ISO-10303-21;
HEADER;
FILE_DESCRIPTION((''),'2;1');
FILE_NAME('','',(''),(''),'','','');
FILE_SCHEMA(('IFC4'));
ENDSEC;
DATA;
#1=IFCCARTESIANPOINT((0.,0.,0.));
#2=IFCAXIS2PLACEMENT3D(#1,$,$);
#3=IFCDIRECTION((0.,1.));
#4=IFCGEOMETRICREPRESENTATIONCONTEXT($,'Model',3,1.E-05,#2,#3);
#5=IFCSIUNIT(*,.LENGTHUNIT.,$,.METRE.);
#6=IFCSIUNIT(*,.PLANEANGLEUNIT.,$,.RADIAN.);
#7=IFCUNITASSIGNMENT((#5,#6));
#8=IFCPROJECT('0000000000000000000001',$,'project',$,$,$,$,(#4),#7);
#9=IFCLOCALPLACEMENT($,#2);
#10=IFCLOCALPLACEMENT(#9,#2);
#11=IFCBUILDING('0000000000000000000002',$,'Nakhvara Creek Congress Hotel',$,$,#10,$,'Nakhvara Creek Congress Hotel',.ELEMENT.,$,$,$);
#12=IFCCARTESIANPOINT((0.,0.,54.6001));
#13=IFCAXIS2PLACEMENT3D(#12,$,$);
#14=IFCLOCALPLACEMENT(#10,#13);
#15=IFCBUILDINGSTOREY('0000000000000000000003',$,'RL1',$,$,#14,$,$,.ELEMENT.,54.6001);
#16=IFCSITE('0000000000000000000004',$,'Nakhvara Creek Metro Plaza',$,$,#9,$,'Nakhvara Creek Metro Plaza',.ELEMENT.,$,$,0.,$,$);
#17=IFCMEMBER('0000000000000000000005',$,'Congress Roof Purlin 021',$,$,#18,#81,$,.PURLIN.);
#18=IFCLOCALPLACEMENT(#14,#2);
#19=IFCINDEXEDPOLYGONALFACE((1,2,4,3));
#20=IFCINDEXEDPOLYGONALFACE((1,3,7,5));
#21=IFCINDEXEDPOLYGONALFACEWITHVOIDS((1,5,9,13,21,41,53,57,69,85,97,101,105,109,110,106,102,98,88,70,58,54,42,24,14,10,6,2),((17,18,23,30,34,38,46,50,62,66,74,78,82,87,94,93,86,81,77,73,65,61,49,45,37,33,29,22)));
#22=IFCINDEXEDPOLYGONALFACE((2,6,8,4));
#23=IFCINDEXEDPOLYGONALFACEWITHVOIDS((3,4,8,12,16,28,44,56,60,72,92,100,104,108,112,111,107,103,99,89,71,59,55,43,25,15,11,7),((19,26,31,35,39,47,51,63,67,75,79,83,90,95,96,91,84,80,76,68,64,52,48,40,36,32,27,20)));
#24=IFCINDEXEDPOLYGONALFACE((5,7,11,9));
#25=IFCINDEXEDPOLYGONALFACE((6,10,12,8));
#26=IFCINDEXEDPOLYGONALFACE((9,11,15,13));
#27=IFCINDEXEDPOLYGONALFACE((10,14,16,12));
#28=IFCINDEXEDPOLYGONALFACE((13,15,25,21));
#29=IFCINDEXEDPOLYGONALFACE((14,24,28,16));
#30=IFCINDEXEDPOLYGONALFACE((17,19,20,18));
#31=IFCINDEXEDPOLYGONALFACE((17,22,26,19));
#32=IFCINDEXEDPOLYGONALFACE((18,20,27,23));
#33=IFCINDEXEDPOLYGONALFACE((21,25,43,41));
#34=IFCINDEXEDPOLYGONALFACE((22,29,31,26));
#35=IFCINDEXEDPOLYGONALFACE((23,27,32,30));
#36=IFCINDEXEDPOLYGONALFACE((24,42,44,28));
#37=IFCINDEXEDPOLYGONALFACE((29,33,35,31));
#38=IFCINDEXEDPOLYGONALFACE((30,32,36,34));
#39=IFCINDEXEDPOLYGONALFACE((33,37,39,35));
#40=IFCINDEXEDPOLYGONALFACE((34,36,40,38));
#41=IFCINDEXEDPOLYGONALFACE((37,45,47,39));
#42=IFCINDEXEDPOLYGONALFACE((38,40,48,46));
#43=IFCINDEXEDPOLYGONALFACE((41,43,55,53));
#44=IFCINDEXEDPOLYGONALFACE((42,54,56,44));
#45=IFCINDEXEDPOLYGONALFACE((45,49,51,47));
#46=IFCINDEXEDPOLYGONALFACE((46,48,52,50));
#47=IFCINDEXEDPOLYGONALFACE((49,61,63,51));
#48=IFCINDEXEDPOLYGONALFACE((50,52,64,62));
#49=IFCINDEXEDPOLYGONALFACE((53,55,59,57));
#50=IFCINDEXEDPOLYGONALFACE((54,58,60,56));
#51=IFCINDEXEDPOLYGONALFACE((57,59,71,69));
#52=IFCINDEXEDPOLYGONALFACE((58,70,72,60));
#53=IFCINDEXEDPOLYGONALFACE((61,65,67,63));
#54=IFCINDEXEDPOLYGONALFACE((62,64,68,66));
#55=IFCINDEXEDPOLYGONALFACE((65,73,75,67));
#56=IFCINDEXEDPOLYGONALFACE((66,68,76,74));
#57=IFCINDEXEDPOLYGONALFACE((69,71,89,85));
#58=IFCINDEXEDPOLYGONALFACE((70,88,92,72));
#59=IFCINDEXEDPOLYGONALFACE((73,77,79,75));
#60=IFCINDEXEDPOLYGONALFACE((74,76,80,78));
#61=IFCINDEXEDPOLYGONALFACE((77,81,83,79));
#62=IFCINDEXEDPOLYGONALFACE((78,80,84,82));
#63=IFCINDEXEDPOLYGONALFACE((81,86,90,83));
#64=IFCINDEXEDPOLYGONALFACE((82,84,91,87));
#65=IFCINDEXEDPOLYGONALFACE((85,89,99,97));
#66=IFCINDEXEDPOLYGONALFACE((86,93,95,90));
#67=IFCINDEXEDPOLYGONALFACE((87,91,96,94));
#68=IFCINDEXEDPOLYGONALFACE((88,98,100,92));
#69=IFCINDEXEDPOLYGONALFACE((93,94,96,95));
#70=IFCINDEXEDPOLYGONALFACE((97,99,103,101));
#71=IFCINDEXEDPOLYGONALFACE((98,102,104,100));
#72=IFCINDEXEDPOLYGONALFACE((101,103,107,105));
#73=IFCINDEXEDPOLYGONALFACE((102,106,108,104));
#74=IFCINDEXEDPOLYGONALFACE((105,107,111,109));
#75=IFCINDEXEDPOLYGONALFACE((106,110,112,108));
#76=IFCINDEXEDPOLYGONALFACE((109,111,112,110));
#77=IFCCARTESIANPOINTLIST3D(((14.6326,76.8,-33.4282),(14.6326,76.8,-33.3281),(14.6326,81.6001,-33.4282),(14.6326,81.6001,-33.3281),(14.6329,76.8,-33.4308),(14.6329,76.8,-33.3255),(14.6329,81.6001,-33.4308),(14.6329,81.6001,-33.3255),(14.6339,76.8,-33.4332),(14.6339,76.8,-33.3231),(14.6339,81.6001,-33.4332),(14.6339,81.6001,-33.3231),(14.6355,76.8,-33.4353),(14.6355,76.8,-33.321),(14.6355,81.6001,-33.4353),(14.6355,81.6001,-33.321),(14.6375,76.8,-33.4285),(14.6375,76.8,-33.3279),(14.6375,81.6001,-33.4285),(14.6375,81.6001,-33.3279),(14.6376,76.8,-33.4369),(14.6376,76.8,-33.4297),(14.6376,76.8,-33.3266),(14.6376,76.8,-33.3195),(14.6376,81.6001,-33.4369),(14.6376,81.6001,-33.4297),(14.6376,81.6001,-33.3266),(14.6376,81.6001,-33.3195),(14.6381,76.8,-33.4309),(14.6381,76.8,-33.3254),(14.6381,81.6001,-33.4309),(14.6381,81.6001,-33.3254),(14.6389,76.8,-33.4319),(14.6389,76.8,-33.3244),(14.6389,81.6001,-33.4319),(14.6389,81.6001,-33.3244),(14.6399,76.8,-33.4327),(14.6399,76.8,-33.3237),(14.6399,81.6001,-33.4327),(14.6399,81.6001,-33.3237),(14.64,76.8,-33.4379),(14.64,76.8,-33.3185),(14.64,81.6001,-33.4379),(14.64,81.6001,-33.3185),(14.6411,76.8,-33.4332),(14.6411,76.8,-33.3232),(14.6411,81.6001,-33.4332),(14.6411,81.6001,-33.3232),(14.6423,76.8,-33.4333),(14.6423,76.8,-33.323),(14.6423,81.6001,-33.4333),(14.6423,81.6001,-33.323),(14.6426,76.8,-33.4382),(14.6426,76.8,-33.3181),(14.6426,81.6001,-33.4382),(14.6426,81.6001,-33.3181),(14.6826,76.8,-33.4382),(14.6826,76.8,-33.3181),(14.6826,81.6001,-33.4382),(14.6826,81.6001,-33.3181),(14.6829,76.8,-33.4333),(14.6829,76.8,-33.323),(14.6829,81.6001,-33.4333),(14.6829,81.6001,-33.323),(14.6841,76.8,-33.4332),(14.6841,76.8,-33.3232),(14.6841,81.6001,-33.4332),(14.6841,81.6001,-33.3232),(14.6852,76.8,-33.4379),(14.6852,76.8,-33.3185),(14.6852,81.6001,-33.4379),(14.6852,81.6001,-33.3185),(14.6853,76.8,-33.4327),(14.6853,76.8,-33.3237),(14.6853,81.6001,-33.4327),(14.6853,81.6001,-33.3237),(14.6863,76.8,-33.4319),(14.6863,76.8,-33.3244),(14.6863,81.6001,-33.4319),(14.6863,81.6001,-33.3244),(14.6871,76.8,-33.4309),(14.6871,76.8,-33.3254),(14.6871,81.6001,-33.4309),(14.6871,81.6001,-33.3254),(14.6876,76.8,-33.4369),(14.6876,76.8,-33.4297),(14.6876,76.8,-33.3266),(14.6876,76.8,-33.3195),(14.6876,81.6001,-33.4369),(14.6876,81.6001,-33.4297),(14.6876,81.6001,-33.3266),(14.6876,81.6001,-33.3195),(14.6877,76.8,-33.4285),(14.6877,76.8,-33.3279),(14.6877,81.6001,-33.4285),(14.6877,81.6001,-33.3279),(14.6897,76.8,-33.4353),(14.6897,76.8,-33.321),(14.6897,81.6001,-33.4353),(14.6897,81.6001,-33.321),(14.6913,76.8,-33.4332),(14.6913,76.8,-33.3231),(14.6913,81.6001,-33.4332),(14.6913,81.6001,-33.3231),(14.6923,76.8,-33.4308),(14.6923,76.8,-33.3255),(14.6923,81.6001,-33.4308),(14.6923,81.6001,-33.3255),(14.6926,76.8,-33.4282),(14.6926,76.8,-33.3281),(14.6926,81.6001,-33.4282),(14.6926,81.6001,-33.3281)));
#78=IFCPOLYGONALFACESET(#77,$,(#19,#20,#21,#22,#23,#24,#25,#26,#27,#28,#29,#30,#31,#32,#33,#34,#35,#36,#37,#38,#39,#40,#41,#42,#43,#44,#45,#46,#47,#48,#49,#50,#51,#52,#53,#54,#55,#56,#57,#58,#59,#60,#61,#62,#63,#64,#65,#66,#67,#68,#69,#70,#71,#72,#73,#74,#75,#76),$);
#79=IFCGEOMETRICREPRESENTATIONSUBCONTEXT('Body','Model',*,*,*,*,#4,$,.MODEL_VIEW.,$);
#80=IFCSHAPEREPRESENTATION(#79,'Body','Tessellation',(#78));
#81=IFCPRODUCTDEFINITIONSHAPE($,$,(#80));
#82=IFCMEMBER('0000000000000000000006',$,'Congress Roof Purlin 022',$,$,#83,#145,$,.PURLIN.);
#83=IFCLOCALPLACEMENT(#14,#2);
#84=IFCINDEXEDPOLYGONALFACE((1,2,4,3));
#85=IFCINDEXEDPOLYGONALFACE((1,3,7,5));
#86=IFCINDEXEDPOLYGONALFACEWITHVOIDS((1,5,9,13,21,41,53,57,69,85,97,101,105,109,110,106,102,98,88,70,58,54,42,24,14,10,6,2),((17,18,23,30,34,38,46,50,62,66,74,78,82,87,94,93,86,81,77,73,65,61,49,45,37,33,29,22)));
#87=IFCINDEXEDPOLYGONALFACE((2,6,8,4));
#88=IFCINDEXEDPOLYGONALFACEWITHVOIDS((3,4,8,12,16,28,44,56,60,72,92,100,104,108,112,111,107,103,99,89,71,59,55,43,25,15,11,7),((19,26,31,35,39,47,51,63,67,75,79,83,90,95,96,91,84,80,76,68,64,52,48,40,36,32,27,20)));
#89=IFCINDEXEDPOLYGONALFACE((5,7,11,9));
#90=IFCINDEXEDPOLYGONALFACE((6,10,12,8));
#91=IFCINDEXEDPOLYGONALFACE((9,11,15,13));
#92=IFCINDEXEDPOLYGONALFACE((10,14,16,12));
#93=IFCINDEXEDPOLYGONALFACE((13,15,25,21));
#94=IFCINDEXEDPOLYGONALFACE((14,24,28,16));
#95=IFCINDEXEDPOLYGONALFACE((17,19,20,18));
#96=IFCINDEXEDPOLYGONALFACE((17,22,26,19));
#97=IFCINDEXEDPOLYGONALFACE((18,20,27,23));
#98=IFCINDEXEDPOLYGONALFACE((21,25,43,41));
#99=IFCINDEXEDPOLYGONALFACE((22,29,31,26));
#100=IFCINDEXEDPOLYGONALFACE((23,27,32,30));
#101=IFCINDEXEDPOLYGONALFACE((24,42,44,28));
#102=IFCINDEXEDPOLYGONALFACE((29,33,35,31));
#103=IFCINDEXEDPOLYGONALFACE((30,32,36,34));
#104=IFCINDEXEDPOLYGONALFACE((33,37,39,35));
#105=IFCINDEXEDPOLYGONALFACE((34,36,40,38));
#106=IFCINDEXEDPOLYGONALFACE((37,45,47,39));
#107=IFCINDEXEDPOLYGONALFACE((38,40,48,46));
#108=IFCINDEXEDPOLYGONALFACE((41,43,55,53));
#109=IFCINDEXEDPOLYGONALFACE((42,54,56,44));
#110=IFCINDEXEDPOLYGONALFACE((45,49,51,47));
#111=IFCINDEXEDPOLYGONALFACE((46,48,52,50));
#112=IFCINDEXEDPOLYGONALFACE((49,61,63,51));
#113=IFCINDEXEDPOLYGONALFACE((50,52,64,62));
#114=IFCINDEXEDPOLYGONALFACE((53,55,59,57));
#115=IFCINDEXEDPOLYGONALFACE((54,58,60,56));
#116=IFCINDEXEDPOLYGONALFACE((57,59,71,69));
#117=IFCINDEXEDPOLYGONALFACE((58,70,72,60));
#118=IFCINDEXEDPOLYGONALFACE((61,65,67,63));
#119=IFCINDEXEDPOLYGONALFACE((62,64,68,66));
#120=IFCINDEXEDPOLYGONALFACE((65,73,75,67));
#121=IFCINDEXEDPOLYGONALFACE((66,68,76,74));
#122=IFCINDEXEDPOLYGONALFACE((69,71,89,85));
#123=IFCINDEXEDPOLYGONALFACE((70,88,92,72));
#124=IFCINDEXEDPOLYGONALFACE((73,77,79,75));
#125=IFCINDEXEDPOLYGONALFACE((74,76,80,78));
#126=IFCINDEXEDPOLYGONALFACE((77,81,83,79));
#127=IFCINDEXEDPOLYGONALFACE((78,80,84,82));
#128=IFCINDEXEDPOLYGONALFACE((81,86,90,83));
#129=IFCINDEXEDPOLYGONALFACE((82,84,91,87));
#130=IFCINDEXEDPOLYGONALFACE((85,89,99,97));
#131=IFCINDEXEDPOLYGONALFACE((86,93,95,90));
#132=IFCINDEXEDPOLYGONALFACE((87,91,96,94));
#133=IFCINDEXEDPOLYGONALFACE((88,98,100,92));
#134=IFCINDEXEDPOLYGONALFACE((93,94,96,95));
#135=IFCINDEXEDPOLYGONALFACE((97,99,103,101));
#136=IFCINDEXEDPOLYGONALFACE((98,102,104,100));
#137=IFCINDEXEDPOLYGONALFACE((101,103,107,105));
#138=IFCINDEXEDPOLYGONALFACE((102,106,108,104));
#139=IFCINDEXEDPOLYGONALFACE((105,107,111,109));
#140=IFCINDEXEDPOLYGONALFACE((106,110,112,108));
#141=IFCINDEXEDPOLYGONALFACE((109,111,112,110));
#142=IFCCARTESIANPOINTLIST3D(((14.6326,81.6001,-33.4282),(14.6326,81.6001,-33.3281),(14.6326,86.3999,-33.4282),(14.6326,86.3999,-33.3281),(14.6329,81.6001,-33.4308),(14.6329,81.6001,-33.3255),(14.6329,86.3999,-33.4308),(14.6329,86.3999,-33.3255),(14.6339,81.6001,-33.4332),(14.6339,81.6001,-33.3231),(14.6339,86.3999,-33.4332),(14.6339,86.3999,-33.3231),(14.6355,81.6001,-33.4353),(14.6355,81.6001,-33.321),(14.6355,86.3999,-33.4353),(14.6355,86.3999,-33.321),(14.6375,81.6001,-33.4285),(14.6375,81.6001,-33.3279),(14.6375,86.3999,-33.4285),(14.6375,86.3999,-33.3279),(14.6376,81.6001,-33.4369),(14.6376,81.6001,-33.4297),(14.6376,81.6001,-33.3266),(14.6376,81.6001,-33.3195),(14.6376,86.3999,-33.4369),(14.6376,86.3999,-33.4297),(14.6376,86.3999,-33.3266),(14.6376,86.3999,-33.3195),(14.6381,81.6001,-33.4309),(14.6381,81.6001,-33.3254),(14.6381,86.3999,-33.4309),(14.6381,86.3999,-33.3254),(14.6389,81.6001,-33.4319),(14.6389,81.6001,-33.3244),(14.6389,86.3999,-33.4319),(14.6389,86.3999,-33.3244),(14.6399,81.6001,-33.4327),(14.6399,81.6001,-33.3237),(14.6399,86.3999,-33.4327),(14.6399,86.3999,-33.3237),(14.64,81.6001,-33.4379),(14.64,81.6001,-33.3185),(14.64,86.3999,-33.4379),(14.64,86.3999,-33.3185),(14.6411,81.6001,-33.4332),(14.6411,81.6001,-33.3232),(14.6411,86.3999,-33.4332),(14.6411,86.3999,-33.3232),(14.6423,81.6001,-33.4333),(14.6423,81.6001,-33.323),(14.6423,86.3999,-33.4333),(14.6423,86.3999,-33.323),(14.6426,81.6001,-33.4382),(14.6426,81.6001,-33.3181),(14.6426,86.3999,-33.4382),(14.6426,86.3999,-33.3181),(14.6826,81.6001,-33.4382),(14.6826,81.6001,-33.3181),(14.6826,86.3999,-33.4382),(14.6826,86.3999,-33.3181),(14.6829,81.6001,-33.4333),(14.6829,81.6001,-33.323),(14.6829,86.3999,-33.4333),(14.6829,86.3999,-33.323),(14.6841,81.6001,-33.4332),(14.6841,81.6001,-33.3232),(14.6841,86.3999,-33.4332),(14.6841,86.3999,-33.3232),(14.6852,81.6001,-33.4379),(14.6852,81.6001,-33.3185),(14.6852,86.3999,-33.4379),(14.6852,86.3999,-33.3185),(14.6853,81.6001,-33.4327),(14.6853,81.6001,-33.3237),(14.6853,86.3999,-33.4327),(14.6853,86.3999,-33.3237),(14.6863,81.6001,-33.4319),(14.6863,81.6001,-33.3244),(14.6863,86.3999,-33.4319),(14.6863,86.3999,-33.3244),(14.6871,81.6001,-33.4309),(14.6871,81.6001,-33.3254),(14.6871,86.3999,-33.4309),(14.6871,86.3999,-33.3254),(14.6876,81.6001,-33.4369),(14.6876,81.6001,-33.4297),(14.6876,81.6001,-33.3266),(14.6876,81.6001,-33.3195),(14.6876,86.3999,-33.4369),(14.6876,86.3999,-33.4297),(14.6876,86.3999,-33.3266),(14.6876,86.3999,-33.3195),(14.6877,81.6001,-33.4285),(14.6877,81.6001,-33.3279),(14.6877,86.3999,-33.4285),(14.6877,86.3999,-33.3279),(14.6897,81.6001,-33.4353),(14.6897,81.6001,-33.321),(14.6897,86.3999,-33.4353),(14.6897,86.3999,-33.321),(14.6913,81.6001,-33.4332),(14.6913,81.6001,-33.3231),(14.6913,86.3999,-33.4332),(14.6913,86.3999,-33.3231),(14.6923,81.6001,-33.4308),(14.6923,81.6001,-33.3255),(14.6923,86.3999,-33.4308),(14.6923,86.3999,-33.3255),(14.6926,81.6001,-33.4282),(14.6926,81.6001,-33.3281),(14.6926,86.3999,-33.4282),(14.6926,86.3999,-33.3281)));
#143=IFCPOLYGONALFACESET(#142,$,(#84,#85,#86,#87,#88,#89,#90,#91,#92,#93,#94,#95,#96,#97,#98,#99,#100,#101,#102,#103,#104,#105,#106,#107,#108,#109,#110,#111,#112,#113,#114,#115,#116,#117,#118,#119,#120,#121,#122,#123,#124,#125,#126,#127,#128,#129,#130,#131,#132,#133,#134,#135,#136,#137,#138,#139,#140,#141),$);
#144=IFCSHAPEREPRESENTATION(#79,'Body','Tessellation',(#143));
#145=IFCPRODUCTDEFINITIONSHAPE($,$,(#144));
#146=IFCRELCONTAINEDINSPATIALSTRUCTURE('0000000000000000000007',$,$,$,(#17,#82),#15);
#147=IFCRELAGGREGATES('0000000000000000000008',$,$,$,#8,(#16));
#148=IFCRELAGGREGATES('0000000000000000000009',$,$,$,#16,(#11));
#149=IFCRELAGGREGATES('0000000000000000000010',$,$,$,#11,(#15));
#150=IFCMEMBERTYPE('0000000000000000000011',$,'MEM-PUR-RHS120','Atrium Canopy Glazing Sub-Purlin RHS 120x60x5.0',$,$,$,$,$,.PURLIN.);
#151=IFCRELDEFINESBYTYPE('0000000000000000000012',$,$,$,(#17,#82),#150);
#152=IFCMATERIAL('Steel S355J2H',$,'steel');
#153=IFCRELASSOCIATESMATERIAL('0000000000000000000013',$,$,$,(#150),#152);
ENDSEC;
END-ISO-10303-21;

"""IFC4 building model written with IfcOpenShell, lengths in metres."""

from ifc_helpers import new_model, si_unit, direction, frame, origin, origin_2d, place, context, subcontext, project, spatial, hollow_rectangle, extrude, material, material_profile, profile_set, type_object, element, save


model = new_model("IFC4")

# Units and contexts
model_context = context("Model", 3, precision=1e-05, world=origin(), true_north=direction((0.0, 1.0)))
body_context = subcontext(model_context, "Body", "Model", "MODEL_VIEW")
ifc_project = project(units=[si_unit("LENGTHUNIT", "METRE"), si_unit("PLANEANGLEUNIT", "RADIAN")], contexts=[model_context])

# Site, building, storey
site_placement = place(None, origin())
site = spatial("IfcSite", under=ifc_project, at=site_placement, Name="Nakhvara Creek Metro Plaza", LongName="Nakhvara Creek Metro Plaza", CompositionType="ELEMENT", RefElevation=0.0)
building_placement = place(site_placement, origin())
building = spatial("IfcBuilding", under=site, at=building_placement, Name="Nakhvara Creek Congress Hotel", LongName="Nakhvara Creek Congress Hotel", CompositionType="ELEMENT")
storey_placement = place(building_placement, frame((0.0, 0.0, 54.6001)))
storey = spatial("IfcBuildingStorey", under=building, at=storey_placement, Name="RL1", CompositionType="ELEMENT", Elevation=54.6001)

# Members
ifc_material_1 = material(Name="Steel S355J2H", Category="steel")
ifc_material_profile_1 = material_profile(ifc_material_1, hollow_rectangle(XDim=0.0601, YDim=0.1201, WallThickness=0.0049, InnerFilletRadius=0.0049, OuterFilletRadius=0.01, at=origin_2d()), Name="RHS 120x60x5.0", Category="LoadBearing")
ifc_profile_set_1 = profile_set([ifc_material_profile_1], Name="Steel S355J2H")
member_type_1 = type_object("IfcMemberType", Name="MEM-PUR-RHS120", Description="Atrium Canopy Glazing Sub-Purlin RHS 120x60x5.0", PredefinedType="PURLIN", material=ifc_profile_set_1)
member_1_placement = place(storey_placement, frame((14.6626, 76.8, -33.3782), z_axis=(0.0, 1.0, 0.0), x_axis=(-1.0, 0.0, 0.0)))
element("IfcMember", 1, at=member_1_placement, inside=storey, type_object=member_type_1, Name="Congress Roof Purlin 021", PredefinedType="PURLIN", context=body_context, shape_type="SweptSolid", body=[
    extrude(hollow_rectangle(XDim=0.0601, YDim=0.1201, WallThickness=0.0049, InnerFilletRadius=0.0049, OuterFilletRadius=0.01, at=origin_2d()), origin(), (0.0, 0.0, 1.0), 4.8),
])
member_2_placement = place(storey_placement, frame((14.6626, 81.6001, -33.3782), z_axis=(0.0, 1.0, 0.0), x_axis=(-1.0, 0.0, 0.0)))
element("IfcMember", 2, at=member_2_placement, inside=storey, type_object=member_type_1, Name="Congress Roof Purlin 022", PredefinedType="PURLIN", context=body_context, shape_type="SweptSolid", body=[
    extrude(hollow_rectangle(XDim=0.0601, YDim=0.1201, WallThickness=0.0049, InnerFilletRadius=0.0049, OuterFilletRadius=0.01, at=origin_2d()), origin(), (0.0, 0.0, 1.0), 4.7998),
])

save(model, "model.ifc")
